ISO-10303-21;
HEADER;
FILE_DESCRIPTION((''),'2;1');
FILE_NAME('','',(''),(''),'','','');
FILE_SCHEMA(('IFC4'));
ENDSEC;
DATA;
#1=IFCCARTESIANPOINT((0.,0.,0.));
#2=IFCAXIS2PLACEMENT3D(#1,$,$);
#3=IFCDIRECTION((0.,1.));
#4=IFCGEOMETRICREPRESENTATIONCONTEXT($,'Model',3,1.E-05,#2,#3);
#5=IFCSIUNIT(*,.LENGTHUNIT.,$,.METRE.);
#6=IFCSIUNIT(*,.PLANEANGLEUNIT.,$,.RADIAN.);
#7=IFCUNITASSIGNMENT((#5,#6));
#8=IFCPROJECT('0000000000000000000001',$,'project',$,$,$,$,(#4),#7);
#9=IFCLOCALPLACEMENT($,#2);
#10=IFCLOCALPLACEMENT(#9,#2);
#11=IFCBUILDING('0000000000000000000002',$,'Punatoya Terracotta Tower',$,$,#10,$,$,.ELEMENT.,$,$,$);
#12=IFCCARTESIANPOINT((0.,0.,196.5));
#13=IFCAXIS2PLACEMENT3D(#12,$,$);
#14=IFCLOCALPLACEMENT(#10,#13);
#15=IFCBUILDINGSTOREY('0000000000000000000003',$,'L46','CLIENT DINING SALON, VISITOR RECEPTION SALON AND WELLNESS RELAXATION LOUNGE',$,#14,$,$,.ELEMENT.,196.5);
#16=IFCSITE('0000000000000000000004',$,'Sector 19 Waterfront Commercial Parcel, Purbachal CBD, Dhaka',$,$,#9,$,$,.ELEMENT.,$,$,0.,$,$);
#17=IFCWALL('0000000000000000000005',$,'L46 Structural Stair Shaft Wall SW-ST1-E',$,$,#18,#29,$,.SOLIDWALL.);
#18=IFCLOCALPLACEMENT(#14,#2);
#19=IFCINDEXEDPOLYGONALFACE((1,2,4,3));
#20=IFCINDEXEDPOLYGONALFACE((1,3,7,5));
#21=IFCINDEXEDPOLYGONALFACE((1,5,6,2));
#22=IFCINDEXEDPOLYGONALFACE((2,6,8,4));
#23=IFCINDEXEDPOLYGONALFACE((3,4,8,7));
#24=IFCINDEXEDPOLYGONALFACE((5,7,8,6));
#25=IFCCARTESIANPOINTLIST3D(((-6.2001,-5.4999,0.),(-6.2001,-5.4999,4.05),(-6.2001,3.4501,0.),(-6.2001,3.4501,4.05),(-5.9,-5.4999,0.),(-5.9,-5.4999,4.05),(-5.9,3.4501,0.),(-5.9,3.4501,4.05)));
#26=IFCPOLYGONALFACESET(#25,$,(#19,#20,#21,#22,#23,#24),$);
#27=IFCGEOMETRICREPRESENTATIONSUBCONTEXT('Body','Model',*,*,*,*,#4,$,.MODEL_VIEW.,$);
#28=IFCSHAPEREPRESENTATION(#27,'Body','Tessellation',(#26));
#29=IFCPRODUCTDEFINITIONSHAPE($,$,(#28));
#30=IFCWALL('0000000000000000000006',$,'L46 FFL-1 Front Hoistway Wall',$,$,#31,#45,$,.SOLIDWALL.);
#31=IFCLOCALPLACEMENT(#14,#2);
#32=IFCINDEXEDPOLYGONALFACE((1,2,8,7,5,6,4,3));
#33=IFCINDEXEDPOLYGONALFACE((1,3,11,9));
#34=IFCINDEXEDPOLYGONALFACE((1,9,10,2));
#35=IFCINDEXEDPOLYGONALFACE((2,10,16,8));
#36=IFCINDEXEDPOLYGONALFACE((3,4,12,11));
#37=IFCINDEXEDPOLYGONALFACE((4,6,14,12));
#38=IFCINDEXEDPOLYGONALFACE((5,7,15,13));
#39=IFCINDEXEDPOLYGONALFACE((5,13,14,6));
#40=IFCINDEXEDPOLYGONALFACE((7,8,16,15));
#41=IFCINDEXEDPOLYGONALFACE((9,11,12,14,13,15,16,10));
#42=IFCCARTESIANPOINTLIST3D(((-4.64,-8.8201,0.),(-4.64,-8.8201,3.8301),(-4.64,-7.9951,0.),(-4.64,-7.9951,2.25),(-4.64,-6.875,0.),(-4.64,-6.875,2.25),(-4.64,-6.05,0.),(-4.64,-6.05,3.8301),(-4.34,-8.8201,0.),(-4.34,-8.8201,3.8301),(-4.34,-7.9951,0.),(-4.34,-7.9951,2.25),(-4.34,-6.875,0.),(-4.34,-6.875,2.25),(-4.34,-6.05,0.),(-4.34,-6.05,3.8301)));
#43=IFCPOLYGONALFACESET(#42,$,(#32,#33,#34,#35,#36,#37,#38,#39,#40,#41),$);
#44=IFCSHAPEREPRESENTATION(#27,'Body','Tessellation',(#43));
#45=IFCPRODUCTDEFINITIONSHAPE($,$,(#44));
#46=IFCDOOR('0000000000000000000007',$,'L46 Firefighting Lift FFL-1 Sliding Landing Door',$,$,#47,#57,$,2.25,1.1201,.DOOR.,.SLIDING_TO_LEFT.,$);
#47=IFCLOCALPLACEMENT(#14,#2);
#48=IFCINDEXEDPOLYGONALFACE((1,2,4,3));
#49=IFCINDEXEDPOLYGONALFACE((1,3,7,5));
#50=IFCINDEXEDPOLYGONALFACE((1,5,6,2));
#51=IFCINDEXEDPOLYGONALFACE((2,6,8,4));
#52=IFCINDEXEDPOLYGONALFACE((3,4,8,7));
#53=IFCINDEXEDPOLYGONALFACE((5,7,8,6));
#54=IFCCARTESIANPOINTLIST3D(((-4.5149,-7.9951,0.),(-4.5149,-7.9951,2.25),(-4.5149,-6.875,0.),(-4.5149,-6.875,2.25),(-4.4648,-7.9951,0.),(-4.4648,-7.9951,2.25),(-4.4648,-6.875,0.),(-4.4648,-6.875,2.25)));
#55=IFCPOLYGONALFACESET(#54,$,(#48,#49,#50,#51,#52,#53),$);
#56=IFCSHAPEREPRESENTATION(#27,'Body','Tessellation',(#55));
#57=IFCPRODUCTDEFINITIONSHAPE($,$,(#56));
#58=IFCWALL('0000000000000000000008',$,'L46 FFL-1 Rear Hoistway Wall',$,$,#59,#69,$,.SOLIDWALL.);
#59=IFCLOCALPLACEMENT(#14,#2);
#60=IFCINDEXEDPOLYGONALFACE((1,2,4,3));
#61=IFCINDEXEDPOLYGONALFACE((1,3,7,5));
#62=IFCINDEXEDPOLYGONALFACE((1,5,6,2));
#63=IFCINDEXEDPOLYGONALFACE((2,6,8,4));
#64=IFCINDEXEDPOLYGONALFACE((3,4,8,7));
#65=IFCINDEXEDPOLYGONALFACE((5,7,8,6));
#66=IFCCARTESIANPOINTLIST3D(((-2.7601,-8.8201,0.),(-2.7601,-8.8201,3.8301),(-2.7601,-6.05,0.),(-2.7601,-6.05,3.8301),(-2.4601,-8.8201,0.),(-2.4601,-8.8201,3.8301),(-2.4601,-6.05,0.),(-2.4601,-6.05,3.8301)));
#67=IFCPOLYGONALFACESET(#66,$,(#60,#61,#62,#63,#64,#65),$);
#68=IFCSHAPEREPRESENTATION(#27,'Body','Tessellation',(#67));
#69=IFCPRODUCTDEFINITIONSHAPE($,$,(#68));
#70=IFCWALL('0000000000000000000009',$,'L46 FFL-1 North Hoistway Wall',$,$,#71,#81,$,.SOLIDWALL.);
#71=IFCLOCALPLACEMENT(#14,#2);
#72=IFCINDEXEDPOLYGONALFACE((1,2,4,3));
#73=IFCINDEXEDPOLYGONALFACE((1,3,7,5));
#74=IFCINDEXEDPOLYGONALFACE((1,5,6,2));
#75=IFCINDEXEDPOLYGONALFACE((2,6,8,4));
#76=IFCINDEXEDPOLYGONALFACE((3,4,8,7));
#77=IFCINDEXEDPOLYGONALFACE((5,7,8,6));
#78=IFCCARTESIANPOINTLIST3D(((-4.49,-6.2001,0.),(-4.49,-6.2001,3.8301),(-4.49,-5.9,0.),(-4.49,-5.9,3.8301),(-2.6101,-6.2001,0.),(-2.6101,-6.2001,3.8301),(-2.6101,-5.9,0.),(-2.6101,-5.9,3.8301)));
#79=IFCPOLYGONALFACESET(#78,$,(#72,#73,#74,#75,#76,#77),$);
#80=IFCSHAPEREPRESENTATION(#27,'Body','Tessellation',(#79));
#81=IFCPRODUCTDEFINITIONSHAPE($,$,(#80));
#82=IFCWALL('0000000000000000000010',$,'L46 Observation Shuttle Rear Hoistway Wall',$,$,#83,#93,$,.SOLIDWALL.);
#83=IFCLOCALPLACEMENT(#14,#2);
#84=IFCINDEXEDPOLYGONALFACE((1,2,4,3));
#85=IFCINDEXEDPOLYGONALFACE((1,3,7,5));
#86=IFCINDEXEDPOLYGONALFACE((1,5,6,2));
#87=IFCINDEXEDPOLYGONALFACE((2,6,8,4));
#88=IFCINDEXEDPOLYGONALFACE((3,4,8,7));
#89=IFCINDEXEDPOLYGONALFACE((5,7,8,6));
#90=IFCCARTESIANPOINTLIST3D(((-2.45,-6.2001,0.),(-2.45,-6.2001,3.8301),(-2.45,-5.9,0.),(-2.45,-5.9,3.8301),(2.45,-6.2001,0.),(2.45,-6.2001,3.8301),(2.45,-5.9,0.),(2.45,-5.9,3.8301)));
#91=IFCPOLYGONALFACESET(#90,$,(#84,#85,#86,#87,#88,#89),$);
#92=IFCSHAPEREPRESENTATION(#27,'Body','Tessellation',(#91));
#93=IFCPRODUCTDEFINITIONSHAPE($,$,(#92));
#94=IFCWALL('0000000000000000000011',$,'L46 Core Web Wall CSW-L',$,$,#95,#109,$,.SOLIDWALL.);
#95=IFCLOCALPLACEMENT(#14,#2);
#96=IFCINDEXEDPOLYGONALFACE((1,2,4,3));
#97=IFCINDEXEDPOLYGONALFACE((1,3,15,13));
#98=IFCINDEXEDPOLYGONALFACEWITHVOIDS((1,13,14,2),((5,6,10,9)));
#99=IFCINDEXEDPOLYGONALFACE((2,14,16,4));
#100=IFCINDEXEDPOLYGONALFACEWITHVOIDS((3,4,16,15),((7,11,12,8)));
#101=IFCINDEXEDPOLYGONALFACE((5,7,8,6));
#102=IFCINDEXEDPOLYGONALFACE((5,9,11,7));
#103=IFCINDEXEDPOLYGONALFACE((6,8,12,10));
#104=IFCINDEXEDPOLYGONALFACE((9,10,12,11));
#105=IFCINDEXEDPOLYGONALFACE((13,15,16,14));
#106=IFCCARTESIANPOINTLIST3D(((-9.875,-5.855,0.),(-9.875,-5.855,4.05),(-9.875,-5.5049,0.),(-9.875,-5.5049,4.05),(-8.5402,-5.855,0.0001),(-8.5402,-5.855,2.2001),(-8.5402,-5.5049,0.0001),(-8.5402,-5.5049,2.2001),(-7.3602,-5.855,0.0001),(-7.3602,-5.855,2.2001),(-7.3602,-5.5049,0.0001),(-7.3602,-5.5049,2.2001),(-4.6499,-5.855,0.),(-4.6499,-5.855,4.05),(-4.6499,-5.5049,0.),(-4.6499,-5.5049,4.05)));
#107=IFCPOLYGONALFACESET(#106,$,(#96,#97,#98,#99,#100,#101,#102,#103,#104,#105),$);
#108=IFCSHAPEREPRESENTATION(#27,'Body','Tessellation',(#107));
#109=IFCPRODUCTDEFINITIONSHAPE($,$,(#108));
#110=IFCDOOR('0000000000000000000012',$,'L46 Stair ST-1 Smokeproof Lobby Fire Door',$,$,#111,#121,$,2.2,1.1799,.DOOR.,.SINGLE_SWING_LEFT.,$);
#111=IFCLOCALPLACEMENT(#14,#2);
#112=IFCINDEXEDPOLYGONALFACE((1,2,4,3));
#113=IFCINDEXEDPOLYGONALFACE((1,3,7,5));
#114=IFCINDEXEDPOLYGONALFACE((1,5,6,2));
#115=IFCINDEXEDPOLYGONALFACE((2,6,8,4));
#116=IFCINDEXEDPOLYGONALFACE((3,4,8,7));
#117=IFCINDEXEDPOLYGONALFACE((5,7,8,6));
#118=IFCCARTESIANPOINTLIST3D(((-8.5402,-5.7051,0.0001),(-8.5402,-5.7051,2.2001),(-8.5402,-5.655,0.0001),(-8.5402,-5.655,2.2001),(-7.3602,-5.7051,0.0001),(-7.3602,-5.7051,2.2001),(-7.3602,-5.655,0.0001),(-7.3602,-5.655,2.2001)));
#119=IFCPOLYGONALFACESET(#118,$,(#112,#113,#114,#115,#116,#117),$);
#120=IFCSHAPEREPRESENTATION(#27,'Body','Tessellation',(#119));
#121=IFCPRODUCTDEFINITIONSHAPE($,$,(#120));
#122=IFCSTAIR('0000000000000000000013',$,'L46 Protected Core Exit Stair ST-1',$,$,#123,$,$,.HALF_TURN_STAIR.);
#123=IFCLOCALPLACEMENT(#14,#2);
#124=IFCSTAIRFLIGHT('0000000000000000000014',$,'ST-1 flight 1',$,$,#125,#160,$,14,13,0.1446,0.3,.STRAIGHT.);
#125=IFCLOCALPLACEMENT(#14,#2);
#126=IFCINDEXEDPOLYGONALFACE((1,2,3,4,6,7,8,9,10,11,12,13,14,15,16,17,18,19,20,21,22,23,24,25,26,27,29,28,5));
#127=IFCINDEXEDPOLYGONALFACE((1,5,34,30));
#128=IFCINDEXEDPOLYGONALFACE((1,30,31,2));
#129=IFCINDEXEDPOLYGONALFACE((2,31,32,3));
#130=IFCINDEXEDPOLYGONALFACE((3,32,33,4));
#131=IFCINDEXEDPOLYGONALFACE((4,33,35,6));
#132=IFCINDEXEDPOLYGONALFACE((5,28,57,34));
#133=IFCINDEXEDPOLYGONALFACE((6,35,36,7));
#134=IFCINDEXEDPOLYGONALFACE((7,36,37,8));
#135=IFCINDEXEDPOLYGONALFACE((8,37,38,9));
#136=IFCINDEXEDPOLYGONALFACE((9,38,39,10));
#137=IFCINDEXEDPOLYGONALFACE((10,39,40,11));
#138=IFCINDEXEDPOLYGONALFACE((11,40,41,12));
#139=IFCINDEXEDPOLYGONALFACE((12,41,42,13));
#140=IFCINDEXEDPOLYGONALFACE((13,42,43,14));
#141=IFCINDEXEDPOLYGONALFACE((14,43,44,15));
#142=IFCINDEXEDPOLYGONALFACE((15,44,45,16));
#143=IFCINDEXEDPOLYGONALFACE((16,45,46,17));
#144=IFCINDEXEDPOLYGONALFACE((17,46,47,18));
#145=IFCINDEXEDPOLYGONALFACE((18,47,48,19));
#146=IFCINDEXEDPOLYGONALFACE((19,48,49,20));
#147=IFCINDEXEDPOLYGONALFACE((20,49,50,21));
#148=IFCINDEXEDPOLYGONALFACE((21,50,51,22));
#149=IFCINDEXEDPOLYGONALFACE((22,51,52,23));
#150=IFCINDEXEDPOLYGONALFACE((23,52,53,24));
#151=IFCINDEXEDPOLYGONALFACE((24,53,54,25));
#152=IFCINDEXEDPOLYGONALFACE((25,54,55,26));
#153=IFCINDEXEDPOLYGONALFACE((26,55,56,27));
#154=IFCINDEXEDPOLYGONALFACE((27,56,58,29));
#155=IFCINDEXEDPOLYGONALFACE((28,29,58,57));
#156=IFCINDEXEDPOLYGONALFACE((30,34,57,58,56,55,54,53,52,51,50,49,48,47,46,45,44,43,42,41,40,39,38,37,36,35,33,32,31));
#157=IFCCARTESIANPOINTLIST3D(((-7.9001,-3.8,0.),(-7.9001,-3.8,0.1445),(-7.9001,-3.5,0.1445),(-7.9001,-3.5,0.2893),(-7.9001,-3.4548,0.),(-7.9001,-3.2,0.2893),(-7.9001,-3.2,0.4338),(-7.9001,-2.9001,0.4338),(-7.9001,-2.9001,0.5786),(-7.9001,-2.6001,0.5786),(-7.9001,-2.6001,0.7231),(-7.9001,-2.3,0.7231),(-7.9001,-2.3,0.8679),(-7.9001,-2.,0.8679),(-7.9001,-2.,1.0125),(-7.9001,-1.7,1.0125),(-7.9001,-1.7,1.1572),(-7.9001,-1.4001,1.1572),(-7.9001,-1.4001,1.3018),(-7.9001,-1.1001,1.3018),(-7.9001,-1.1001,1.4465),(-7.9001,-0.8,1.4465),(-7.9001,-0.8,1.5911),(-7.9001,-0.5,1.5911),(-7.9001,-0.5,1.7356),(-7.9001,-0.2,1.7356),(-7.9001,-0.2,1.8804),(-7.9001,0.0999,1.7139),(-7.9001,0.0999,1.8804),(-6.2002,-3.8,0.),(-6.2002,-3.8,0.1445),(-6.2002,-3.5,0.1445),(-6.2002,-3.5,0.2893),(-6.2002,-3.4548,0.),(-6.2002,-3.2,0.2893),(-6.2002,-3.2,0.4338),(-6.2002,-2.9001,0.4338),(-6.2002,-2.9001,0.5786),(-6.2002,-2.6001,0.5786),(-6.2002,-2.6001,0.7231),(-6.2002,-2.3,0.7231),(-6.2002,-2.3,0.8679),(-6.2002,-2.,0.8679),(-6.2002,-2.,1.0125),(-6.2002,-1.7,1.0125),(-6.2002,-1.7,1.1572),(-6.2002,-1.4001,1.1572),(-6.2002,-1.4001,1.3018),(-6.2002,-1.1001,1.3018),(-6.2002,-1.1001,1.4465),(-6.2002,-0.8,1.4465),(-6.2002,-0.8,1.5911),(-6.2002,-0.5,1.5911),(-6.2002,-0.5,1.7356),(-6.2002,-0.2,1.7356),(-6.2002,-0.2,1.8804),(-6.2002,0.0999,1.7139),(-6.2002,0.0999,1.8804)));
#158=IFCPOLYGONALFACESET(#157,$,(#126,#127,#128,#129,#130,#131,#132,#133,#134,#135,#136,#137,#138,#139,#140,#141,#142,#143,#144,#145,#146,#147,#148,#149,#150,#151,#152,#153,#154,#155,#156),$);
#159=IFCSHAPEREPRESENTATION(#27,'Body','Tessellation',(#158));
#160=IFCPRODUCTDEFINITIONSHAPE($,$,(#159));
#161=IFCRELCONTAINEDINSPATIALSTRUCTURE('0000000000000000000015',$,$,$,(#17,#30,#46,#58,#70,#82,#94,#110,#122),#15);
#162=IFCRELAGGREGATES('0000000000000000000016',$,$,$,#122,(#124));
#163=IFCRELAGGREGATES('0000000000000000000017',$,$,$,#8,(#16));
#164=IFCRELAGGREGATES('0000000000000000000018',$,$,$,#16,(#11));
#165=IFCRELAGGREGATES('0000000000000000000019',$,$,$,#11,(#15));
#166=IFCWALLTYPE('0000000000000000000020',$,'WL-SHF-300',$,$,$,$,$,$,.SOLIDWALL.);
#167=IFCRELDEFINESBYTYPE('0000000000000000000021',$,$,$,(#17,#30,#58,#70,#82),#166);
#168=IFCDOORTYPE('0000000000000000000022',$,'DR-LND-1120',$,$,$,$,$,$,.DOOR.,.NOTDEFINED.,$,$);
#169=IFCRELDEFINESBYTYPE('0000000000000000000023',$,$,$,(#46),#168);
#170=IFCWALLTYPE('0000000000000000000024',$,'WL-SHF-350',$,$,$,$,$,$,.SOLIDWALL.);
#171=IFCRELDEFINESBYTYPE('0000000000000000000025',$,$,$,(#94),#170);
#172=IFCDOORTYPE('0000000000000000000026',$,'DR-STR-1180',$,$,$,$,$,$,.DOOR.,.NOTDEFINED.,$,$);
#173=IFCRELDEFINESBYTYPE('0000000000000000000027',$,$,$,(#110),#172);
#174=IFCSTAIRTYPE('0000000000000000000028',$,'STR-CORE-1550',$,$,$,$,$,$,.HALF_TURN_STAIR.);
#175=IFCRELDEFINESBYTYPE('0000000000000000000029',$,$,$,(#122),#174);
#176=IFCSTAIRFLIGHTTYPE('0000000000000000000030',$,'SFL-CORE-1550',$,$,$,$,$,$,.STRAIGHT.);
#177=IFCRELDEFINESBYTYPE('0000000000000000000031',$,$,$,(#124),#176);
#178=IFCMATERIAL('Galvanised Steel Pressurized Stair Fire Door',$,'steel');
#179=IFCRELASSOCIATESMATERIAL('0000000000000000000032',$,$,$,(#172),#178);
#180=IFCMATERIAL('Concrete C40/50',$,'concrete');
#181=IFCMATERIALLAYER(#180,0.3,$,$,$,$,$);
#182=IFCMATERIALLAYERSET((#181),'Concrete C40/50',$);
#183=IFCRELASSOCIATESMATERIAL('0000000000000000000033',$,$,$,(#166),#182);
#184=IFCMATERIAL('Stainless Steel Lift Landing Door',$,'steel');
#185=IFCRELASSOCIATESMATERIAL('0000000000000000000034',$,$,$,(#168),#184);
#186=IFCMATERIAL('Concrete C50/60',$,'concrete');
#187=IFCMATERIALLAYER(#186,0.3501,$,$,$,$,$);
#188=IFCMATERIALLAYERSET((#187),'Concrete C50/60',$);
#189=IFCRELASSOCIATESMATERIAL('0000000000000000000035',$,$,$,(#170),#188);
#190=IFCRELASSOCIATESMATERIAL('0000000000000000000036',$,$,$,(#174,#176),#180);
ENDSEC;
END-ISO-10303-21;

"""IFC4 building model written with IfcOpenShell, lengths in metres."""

from ifc_helpers import new_model, si_unit, direction, frame, frame_2d, origin, place, context, subcontext, project, spatial, polyline, rectangle, outline, extrude, material, layer, layer_set, type_object, element, fill, aggregate, save


model = new_model("IFC4")

# Units and contexts
model_context = context("Model", 3, precision=1e-05, world=origin(), true_north=direction((0.0, 1.0)))
body_context = subcontext(model_context, "Body", "Model", "MODEL_VIEW")
ifc_project = project(units=[si_unit("LENGTHUNIT", "METRE"), si_unit("PLANEANGLEUNIT", "RADIAN")], contexts=[model_context])

# Site, building, storey
site_placement = place(None, origin())
site = spatial("IfcSite", under=ifc_project, at=site_placement, Name="Sector 19 Waterfront Commercial Parcel, Purbachal CBD, Dhaka", CompositionType="ELEMENT", RefElevation=0.0)
building_placement = place(site_placement, origin())
building = spatial("IfcBuilding", under=site, at=building_placement, Name="Punatoya Terracotta Tower", CompositionType="ELEMENT")
storey_placement = place(building_placement, frame((0.0, 0.0, 196.5)))
storey = spatial("IfcBuildingStorey", under=building, at=storey_placement, Name="L46", Description="CLIENT DINING SALON, VISITOR RECEPTION SALON AND WELLNESS RELAXATION LOUNGE", CompositionType="ELEMENT", Elevation=196.5)

# Shared definitions
ifc_material_1 = material(Name="Concrete C40/50", Category="concrete")
ifc_material_2 = material(Name="Galvanised Steel Pressurized Stair Fire Door", Category="steel")
door_type_1 = type_object("IfcDoorType", Name="DR-STR-1180", OperationType="NOTDEFINED", PredefinedType="DOOR", material=ifc_material_2)

# Wall
ifc_layer_1 = layer(ifc_material_1, 0.3)
ifc_layer_set_1 = layer_set([ifc_layer_1], Name="Concrete C40/50")
wall_type_1 = type_object("IfcWallType", Name="WL-SHF-300", PredefinedType="SOLIDWALL", material=ifc_layer_set_1)
wall_1_placement = place(storey_placement, frame((-6.05, -5.5, 0.0), z_axis=(0.0, 0.0, 1.0), x_axis=(0.0, 1.0, 0.0)))
element("IfcWall", 1, at=wall_1_placement, inside=storey, type_object=wall_type_1, Name="L46 Structural Stair Shaft Wall SW-ST1-E", PredefinedType="SOLIDWALL", context=body_context, shape_type="SweptSolid", body=[
    extrude(rectangle(XDim=8.95, YDim=0.3, at=frame_2d((4.4751, 0.0))), origin(), (0.0, 0.0, 1.0), 4.05),
])

# Wall, opening, door
wall_2_placement = place(storey_placement, frame((-4.49, -8.8201, 0.0), z_axis=(0.0, 0.0, 1.0), x_axis=(0.0, 1.0, 0.0)))
wall_2 = element("IfcWall", 2, at=wall_2_placement, inside=storey, type_object=wall_type_1, Name="L46 FFL-1 Front Hoistway Wall", PredefinedType="SOLIDWALL", context=body_context, shape_type="SweptSolid", body=[
    extrude(rectangle(XDim=2.77, YDim=0.3, at=frame_2d((1.385, 0.0))), origin(), (0.0, 0.0, 1.0), 3.8301),
])
opening_1_placement = place(wall_2_placement, frame((0.825, 0.0, 0.0)))
opening_1 = element("IfcOpeningElement", 3, at=opening_1_placement, cuts=wall_2, PredefinedType="OPENING", context=body_context, shape_type="SweptSolid", body=[
    extrude(rectangle(XDim=1.1201, YDim=2.25, at=frame_2d((0.5601, 1.125))), frame((0.0, 0.1599, 0.0), z_axis=(0.0, -1.0, 0.0), x_axis=(1.0, 0.0, 0.0)), (0.0, 0.0, 1.0), 0.3201),
])
ifc_material_3 = material(Name="Stainless Steel Lift Landing Door", Category="steel")
door_type_2 = type_object("IfcDoorType", Name="DR-LND-1120", OperationType="NOTDEFINED", PredefinedType="DOOR", material=ifc_material_3)
door_1_placement = place(opening_1_placement, origin())
door_1 = element("IfcDoor", 4, at=door_1_placement, inside=storey, type_object=door_type_2, Name="L46 Firefighting Lift FFL-1 Sliding Landing Door", OperationType="SLIDING_TO_LEFT", OverallHeight=2.25, OverallWidth=1.1201, PredefinedType="DOOR", context=body_context, shape_type="SweptSolid", body=[
    extrude(rectangle(XDim=1.1201, YDim=2.25, at=frame_2d((0.5601, 1.125))), frame((0.0, 0.0249, 0.0), z_axis=(0.0, -1.0, 0.0), x_axis=(1.0, 0.0, 0.0)), (0.0, 0.0, 1.0), 0.05),
])
fill(opening_1, door_1)

# Walls
wall_3_placement = place(storey_placement, frame((-2.6101, -8.8201, 0.0), z_axis=(0.0, 0.0, 1.0), x_axis=(0.0, 1.0, 0.0)))
element("IfcWall", 5, at=wall_3_placement, inside=storey, type_object=wall_type_1, Name="L46 FFL-1 Rear Hoistway Wall", PredefinedType="SOLIDWALL", context=body_context, shape_type="SweptSolid", body=[
    extrude(rectangle(XDim=2.77, YDim=0.3, at=frame_2d((1.385, 0.0))), origin(), (0.0, 0.0, 1.0), 3.8301),
])
wall_4_placement = place(storey_placement, frame((-4.49, -6.05, 0.0), z_axis=(0.0, 0.0, 1.0), x_axis=(1.0, 0.0, 0.0)))
element("IfcWall", 6, at=wall_4_placement, inside=storey, type_object=wall_type_1, Name="L46 FFL-1 North Hoistway Wall", PredefinedType="SOLIDWALL", context=body_context, shape_type="SweptSolid", body=[
    extrude(rectangle(XDim=1.8799, YDim=0.3, at=frame_2d((0.9399, 0.0))), origin(), (0.0, 0.0, 1.0), 3.8301),
])
wall_5_placement = place(storey_placement, frame((-2.45, -6.05, 0.0), z_axis=(0.0, 0.0, 1.0), x_axis=(1.0, 0.0, 0.0)))
element("IfcWall", 7, at=wall_5_placement, inside=storey, type_object=wall_type_1, Name="L46 Observation Shuttle Rear Hoistway Wall", PredefinedType="SOLIDWALL", context=body_context, shape_type="SweptSolid", body=[
    extrude(rectangle(XDim=4.8999, YDim=0.3, at=frame_2d((2.45, 0.0))), origin(), (0.0, 0.0, 1.0), 3.8301),
])

# Wall, opening, door
ifc_material_4 = material(Name="Concrete C50/60", Category="concrete")
ifc_layer_2 = layer(ifc_material_4, 0.3501)
ifc_layer_set_2 = layer_set([ifc_layer_2], Name="Concrete C50/60")
wall_type_2 = type_object("IfcWallType", Name="WL-SHF-350", PredefinedType="SOLIDWALL", material=ifc_layer_set_2)
wall_6_placement = place(storey_placement, frame((-9.875, -5.6799, 0.0), z_axis=(0.0, 0.0, 1.0), x_axis=(1.0, 0.0, 0.0)))
wall_6 = element("IfcWall", 8, at=wall_6_placement, inside=storey, type_object=wall_type_2, Name="L46 Core Web Wall CSW-L", PredefinedType="SOLIDWALL", context=body_context, shape_type="SweptSolid", body=[
    extrude(rectangle(XDim=5.2251, YDim=0.3501, at=frame_2d((2.6125, 0.0))), origin(), (0.0, 0.0, 1.0), 4.05),
])
opening_2_placement = place(wall_6_placement, frame((1.335, 0.0, 0.0)))
opening_2 = element("IfcOpeningElement", 9, at=opening_2_placement, cuts=wall_6, PredefinedType="OPENING", context=body_context, shape_type="SweptSolid", body=[
    extrude(rectangle(XDim=1.1799, YDim=2.2, at=frame_2d((0.5898, 1.1001))), frame((0.0, 0.1851, 0.0), z_axis=(0.0, -1.0, 0.0), x_axis=(1.0, 0.0, 0.0)), (0.0, 0.0, 1.0), 0.3701),
])
door_2_placement = place(opening_2_placement, origin())
door_2 = element("IfcDoor", 10, at=door_2_placement, inside=storey, type_object=door_type_1, Name="L46 Stair ST-1 Smokeproof Lobby Fire Door", OperationType="SINGLE_SWING_LEFT", OverallHeight=2.2, OverallWidth=1.1799, PredefinedType="DOOR", context=body_context, shape_type="SweptSolid", body=[
    extrude(rectangle(XDim=1.1799, YDim=2.2, at=frame_2d((0.5898, 1.1001))), frame((0.0, 0.0249, 0.0), z_axis=(0.0, -1.0, 0.0), x_axis=(1.0, 0.0, 0.0)), (0.0, 0.0, 1.0), 0.05),
])
fill(opening_2, door_2)

# Stair, stair flight
stair_type = type_object("IfcStairType", Name="STR-CORE-1550", PredefinedType="HALF_TURN_STAIR", material=ifc_material_1)
stair_placement = place(storey_placement, origin())
stair = element("IfcStair", 11, at=stair_placement, inside=storey, type_object=stair_type, Name="L46 Protected Core Exit Stair ST-1", PredefinedType="HALF_TURN_STAIR")
stair_flight_type = type_object("IfcStairFlightType", Name="SFL-CORE-1550", PredefinedType="STRAIGHT", material=ifc_material_1)
stair_flight_placement = place(storey_placement, frame((-7.05, -3.8, 0.0), z_axis=(0.0, 0.0, 1.0), x_axis=(0.0, 1.0, 0.0)))
stair_flight = element("IfcStairFlight", 12, at=stair_flight_placement, type_object=stair_flight_type, Name="ST-1 flight 1", NumberOfRisers=14, NumberOfTreads=13, PredefinedType="STRAIGHT", RiserHeight=0.1446, TreadLength=0.3, context=body_context, shape_type="SweptSolid", body=[
    extrude(outline(polyline([(0.0, 0.0), (0.0, 0.1445), (0.3, 0.1445), (0.3, 0.2893), (0.6001, 0.2893), (0.6001, 0.4338), (0.8999, 0.4338), (0.8999, 0.5786), (1.2, 0.5786), (1.2, 0.7231), (1.5, 0.7231), (1.5, 0.8679), (1.8, 0.8679), (1.8, 1.0125), (2.1001, 1.0125), (2.1001, 1.1572), (2.3999, 1.1572), (2.3999, 1.3018), (2.7, 1.3018), (2.7, 1.4465), (3.0, 1.4465), (3.0, 1.5911), (3.3, 1.5911), (3.3, 1.7356), (3.6001, 1.7356), (3.6001, 1.8804), (3.8999, 1.8804), (3.8999, 2.0249), (3.8999, 1.7139), (0.3452, 0.0), (0.0, 0.0)])), frame((0.0, 0.8501, 0.0), z_axis=(0.0, -1.0, 0.0), x_axis=(1.0, 0.0, 0.0)), (0.0, 0.0, 1.0), 1.7),
])
aggregate(stair, [stair_flight])

save(model, "model.ifc")
